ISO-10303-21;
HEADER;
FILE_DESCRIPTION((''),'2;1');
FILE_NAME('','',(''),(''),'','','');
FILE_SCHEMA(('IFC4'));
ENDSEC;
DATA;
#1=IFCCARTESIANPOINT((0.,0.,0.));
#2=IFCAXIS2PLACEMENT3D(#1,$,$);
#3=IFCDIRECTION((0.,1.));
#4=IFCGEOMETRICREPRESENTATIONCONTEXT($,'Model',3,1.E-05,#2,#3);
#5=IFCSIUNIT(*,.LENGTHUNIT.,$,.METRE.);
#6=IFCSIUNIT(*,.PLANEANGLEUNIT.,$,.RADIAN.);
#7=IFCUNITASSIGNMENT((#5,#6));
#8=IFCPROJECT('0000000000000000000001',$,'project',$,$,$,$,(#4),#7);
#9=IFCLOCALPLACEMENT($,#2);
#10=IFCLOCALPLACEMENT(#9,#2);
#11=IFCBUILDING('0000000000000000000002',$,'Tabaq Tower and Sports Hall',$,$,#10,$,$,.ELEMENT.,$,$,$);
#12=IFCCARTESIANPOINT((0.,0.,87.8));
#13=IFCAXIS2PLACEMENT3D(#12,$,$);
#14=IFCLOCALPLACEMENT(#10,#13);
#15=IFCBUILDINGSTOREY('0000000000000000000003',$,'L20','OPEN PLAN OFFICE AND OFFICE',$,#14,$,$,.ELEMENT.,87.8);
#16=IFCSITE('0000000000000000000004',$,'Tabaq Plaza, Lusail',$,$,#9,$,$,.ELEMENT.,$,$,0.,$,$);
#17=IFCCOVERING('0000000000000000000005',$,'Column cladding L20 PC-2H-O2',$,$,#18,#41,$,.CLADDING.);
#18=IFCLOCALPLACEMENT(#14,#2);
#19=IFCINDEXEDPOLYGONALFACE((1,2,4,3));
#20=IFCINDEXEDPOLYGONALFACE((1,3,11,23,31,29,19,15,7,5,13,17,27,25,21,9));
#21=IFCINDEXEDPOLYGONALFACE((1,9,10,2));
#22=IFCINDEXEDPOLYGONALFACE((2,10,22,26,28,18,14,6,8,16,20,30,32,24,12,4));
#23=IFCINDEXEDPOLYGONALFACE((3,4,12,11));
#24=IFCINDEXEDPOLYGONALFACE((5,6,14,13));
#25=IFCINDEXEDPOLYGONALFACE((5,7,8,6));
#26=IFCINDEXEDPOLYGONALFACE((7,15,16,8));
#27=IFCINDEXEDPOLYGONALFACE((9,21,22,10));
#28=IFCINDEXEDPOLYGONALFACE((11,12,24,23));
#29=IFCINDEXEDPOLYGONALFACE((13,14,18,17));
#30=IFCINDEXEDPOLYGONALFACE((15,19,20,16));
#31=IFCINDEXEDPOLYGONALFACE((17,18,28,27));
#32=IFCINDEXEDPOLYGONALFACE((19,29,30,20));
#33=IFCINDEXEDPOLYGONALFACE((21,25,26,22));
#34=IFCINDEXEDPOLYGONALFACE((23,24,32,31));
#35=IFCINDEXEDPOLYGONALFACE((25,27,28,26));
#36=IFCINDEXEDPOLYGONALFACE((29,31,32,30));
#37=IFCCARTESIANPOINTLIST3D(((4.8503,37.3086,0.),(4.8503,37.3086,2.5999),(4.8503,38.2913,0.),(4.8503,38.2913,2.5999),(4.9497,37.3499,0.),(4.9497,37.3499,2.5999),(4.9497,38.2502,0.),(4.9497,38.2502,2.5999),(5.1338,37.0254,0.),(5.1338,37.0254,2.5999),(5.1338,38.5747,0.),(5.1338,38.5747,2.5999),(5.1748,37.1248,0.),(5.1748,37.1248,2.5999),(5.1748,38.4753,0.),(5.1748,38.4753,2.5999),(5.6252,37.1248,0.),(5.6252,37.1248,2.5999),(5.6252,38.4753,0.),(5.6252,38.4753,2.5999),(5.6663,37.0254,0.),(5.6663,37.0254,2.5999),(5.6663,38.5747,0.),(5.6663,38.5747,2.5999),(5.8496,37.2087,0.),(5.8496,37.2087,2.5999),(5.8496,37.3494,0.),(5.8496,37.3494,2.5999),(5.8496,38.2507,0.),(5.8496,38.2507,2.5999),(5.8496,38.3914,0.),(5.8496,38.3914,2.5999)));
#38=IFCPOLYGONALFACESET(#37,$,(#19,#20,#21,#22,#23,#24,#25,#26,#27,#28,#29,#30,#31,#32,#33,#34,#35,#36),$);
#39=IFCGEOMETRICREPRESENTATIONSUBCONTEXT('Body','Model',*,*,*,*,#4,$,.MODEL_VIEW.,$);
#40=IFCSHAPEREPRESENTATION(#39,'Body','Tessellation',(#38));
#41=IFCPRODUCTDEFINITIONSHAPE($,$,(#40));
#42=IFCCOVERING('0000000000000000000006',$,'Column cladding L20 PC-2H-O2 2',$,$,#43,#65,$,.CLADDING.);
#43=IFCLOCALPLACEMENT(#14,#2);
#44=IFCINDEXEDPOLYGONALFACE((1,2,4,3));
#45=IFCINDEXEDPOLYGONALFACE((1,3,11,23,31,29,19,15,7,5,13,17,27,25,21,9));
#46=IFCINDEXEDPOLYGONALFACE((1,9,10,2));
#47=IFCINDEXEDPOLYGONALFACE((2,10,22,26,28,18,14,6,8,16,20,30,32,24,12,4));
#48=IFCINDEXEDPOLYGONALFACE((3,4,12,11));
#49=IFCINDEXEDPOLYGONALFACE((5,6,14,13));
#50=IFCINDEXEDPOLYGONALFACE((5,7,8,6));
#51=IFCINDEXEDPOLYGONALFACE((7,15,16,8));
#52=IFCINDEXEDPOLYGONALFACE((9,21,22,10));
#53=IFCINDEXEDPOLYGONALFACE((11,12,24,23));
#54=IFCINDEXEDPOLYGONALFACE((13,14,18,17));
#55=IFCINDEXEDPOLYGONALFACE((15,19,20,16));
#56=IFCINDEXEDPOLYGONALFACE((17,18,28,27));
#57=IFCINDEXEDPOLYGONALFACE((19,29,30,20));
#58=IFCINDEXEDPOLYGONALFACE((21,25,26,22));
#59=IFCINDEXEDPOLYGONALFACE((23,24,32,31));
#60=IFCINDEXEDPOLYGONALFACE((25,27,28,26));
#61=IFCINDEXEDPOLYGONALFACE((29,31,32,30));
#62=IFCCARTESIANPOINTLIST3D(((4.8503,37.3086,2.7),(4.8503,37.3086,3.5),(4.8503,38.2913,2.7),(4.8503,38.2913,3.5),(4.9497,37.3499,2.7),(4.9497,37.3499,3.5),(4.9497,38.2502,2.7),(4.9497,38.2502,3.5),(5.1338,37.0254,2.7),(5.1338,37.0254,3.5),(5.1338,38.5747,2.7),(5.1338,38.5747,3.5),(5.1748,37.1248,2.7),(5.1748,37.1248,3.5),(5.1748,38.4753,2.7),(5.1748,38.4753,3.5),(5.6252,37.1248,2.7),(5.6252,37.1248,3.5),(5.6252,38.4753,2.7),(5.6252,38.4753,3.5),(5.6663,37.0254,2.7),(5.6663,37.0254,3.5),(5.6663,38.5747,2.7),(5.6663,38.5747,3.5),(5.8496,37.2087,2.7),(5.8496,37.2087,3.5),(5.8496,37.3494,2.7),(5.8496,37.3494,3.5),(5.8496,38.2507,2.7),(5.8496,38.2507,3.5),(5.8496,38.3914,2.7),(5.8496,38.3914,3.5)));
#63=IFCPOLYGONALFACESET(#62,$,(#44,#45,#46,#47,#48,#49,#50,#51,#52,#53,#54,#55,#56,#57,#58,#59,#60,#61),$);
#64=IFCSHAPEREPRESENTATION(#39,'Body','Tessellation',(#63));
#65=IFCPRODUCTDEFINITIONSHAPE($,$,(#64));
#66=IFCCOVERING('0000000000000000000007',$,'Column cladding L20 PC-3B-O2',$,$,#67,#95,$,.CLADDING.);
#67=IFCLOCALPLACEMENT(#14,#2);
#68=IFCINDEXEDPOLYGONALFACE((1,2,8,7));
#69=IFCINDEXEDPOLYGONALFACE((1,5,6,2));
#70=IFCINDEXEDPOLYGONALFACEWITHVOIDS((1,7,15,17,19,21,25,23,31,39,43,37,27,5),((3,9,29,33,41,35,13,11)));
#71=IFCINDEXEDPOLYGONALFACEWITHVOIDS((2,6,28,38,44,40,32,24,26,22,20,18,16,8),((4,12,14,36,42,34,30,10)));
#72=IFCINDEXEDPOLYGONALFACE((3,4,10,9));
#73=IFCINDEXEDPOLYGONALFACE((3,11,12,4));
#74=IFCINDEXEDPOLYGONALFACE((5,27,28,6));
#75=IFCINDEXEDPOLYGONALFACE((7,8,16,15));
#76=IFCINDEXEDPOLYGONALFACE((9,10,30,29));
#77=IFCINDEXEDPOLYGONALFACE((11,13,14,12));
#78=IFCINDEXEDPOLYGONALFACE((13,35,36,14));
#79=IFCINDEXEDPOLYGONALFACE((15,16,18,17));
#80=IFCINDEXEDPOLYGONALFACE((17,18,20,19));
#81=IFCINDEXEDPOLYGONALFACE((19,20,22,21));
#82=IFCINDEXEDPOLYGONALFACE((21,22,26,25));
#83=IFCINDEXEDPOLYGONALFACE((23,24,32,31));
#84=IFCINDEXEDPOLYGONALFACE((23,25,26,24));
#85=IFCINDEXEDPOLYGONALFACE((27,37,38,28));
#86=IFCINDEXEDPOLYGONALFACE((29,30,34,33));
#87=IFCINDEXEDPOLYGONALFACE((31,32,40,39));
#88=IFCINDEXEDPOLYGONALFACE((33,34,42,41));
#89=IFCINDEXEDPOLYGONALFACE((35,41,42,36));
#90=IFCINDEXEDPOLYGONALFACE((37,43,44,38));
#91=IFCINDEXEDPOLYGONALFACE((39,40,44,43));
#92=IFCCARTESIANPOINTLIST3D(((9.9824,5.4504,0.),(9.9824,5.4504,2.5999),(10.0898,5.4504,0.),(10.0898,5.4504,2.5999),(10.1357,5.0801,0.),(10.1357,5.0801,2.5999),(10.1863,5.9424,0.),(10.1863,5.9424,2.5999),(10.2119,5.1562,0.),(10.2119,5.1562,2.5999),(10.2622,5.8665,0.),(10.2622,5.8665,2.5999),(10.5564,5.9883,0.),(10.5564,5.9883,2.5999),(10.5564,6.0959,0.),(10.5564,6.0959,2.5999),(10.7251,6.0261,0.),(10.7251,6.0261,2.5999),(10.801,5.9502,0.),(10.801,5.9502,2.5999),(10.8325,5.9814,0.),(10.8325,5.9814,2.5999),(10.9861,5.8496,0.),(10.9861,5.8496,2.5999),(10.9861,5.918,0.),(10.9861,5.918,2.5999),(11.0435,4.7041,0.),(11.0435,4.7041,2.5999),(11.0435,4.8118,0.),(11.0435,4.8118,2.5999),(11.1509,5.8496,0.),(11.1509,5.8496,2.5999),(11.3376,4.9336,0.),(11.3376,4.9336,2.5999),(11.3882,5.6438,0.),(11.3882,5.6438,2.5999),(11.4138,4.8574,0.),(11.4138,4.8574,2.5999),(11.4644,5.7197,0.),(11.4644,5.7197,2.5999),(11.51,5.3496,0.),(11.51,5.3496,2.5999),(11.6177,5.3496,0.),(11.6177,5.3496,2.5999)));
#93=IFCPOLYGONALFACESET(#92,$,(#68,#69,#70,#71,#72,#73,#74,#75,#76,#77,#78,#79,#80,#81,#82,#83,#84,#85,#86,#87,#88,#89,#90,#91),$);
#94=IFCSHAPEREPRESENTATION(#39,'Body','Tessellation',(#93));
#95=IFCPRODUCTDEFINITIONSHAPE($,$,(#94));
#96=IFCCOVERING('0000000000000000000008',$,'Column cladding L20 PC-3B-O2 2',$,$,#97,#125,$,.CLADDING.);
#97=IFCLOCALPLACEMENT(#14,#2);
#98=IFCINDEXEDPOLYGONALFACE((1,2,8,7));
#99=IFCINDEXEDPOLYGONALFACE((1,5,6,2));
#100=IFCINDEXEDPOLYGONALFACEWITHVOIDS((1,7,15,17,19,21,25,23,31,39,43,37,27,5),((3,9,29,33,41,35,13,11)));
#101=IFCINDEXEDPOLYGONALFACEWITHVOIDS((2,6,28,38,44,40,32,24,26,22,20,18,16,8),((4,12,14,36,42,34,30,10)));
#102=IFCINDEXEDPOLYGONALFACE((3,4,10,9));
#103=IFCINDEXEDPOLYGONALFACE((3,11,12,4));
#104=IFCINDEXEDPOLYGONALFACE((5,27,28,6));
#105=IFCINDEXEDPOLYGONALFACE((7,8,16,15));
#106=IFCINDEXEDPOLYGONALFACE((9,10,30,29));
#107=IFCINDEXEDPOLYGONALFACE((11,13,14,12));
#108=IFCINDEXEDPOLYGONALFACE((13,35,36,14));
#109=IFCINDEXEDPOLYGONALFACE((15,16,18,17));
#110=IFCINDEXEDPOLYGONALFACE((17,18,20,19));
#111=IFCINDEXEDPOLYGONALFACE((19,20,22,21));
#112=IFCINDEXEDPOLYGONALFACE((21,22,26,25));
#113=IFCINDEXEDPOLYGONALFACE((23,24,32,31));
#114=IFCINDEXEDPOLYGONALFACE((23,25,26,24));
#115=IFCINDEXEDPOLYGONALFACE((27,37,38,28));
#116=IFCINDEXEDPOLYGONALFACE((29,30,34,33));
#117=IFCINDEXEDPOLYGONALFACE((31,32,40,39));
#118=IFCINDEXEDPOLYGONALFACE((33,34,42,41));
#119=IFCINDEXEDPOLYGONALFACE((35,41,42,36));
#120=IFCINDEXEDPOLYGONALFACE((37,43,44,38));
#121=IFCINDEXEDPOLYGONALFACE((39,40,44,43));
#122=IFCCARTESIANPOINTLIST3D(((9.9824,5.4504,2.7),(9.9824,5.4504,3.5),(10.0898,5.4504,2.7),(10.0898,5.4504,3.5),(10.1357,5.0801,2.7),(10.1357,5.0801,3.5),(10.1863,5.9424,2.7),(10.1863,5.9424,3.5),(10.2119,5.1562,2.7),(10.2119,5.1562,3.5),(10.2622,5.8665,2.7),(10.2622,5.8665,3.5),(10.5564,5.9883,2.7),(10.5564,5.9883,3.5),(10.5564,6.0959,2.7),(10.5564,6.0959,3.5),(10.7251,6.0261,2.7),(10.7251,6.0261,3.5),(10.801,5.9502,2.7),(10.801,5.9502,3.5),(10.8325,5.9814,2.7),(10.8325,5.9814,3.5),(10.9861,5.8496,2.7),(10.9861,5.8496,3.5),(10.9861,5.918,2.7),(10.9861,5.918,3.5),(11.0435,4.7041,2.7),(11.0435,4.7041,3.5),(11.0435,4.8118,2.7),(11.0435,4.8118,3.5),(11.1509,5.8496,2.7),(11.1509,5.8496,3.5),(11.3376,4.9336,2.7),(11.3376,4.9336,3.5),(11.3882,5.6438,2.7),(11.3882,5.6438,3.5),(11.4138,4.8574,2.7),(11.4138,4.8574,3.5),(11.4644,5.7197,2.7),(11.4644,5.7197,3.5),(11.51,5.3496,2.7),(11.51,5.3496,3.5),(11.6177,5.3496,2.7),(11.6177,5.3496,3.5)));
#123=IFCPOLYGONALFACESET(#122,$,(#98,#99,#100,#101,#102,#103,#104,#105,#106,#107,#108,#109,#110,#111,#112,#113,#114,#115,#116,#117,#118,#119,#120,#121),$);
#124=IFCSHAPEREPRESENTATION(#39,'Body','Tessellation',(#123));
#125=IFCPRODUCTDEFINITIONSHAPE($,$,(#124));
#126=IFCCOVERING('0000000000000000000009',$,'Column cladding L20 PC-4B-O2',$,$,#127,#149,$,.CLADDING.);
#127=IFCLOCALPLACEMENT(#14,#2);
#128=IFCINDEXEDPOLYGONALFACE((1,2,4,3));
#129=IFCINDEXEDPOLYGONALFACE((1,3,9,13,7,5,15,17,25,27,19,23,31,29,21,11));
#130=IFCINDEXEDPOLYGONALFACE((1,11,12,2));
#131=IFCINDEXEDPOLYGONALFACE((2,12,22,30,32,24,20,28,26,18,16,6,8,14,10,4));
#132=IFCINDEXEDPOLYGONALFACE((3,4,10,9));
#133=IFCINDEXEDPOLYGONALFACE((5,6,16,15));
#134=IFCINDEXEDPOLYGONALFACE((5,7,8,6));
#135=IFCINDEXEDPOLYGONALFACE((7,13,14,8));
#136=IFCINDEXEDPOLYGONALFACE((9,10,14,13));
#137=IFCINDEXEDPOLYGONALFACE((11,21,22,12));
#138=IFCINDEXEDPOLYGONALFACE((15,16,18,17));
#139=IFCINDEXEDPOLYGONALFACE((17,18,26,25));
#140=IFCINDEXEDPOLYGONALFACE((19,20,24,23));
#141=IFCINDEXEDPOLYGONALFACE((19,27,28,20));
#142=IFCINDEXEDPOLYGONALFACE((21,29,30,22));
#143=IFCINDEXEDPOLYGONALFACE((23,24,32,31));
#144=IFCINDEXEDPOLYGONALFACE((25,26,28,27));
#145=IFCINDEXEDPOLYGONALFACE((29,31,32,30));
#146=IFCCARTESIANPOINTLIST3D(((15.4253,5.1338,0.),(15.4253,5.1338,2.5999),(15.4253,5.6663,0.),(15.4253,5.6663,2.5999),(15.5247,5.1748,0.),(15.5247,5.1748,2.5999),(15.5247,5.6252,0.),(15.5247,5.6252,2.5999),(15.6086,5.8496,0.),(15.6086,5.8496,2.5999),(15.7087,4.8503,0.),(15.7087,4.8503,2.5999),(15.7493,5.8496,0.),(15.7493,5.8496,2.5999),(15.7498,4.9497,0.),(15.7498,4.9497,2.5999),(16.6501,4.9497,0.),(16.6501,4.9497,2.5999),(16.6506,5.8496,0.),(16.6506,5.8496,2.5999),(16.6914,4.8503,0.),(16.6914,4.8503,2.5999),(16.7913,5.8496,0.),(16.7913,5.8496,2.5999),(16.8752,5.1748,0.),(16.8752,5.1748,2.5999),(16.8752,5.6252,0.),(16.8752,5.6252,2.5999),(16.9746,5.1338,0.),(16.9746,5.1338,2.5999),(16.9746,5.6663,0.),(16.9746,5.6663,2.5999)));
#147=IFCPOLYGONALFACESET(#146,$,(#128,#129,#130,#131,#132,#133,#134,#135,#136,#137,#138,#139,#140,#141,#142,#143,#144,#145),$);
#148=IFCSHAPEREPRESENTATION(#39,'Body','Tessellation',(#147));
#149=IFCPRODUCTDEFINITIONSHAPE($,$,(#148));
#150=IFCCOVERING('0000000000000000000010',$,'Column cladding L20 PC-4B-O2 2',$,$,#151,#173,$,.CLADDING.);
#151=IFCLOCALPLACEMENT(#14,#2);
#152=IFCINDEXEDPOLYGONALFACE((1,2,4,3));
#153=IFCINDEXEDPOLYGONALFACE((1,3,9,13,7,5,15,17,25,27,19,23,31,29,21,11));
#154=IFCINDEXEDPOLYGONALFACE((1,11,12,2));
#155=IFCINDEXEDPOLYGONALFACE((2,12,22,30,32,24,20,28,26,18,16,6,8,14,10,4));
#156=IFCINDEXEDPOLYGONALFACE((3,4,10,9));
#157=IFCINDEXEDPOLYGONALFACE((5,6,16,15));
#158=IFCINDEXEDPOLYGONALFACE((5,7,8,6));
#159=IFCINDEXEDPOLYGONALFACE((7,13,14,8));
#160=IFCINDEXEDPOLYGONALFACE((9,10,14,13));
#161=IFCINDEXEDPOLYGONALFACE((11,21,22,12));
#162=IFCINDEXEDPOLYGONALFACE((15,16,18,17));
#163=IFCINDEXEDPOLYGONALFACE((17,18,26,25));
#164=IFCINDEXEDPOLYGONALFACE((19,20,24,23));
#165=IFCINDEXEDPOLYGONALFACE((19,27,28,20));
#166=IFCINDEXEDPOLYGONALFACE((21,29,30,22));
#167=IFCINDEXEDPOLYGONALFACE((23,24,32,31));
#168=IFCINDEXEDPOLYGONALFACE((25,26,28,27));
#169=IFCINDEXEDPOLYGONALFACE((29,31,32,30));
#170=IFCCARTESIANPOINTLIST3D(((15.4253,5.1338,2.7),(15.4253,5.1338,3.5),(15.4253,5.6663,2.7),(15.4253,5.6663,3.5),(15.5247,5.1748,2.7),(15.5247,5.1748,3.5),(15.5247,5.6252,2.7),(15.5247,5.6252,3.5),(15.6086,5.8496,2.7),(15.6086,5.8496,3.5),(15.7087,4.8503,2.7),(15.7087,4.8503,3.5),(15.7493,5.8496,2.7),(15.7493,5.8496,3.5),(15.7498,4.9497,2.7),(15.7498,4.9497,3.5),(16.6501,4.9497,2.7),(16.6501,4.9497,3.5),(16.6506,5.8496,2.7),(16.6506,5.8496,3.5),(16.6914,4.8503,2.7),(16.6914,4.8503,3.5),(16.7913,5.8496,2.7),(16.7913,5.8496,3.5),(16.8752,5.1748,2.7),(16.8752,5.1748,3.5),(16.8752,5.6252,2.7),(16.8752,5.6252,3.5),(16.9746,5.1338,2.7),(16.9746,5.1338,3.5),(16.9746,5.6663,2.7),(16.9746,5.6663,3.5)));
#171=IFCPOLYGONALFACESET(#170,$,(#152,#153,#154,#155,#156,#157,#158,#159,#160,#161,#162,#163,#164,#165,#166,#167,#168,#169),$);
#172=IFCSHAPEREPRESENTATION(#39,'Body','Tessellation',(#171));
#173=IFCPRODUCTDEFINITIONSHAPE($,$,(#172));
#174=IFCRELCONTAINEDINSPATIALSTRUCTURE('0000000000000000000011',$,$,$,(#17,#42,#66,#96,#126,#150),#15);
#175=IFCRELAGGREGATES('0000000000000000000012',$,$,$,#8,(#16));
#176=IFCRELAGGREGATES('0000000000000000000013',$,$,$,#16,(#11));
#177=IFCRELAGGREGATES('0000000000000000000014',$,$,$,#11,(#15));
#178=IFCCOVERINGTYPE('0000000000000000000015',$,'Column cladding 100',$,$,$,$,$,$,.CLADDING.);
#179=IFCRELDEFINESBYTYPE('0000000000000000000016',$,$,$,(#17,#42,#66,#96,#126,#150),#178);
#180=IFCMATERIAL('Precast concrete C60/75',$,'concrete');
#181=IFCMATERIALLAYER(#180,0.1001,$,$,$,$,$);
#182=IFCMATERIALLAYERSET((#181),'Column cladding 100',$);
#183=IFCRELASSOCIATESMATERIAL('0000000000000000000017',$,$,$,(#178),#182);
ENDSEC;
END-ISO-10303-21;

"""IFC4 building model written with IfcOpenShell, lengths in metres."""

from ifc_helpers import new_model, si_unit, direction, frame, origin, place, context, subcontext, project, spatial, polyline, outline, extrude, material, layer, layer_set, type_object, element, save


model = new_model("IFC4")

# Units and contexts
model_context = context("Model", 3, precision=1e-05, world=origin(), true_north=direction((0.0, 1.0)))
body_context = subcontext(model_context, "Body", "Model", "MODEL_VIEW")
ifc_project = project(units=[si_unit("LENGTHUNIT", "METRE"), si_unit("PLANEANGLEUNIT", "RADIAN")], contexts=[model_context])

# Site, building, storey
site_placement = place(None, origin())
site = spatial("IfcSite", under=ifc_project, at=site_placement, Name="Tabaq Plaza, Lusail", CompositionType="ELEMENT", RefElevation=0.0)
building_placement = place(site_placement, origin())
building = spatial("IfcBuilding", under=site, at=building_placement, Name="Tabaq Tower and Sports Hall", CompositionType="ELEMENT")
storey_placement = place(building_placement, frame((0.0, 0.0, 87.8)))
storey = spatial("IfcBuildingStorey", under=building, at=storey_placement, Name="L20", Description="OPEN PLAN OFFICE AND OFFICE", CompositionType="ELEMENT", Elevation=87.8)

# Coverings
ifc_material_1 = material(Name="Precast concrete C60/75", Category="concrete")
ifc_layer_1 = layer(ifc_material_1, 0.1001)
ifc_layer_set_1 = layer_set([ifc_layer_1], Name="Column cladding 100")
covering_type = type_object("IfcCoveringType", Name="Column cladding 100", PredefinedType="CLADDING", material=ifc_layer_set_1)
covering_1_placement = place(storey_placement, origin())
element("IfcCovering", 1, at=covering_1_placement, inside=storey, type_object=covering_type, Name="Column cladding L20 PC-2H-O2", PredefinedType="CLADDING", context=body_context, shape_type="SweptSolid", body=[
    extrude(outline(polyline([(5.1338, 37.0254), (4.8503, 37.3086), (4.8503, 38.2913), (5.1338, 38.5747), (5.6663, 38.5747), (5.8496, 38.3914), (5.8496, 38.2507), (5.6252, 38.4753), (5.1748, 38.4753), (4.9497, 38.2502), (4.9497, 37.3499), (5.1748, 37.1248), (5.6252, 37.1248), (5.8496, 37.3494), (5.8496, 37.2087), (5.6663, 37.0254), (5.1338, 37.0254)])), origin(), (0.0, 0.0, 1.0), 2.5999),
])
covering_2_placement = place(storey_placement, frame((0.0, 0.0, 2.7)))
element("IfcCovering", 2, at=covering_2_placement, inside=storey, type_object=covering_type, Name="Column cladding L20 PC-2H-O2 2", PredefinedType="CLADDING", context=body_context, shape_type="SweptSolid", body=[
    extrude(outline(polyline([(5.1338, 37.0254), (4.8503, 37.3086), (4.8503, 38.2913), (5.1338, 38.5747), (5.6663, 38.5747), (5.8496, 38.3914), (5.8496, 38.2507), (5.6252, 38.4753), (5.1748, 38.4753), (4.9497, 38.2502), (4.9497, 37.3499), (5.1748, 37.1248), (5.6252, 37.1248), (5.8496, 37.3494), (5.8496, 37.2087), (5.6663, 37.0254), (5.1338, 37.0254)])), origin(), (0.0, 0.0, 1.0), 0.8),
])
covering_3_placement = place(storey_placement, origin())
element("IfcCovering", 3, at=covering_3_placement, inside=storey, type_object=covering_type, Name="Column cladding L20 PC-3B-O2", PredefinedType="CLADDING", context=body_context, shape_type="SweptSolid", body=[
    extrude(outline(polyline([(11.4138, 4.8574), (11.0435, 4.7041), (10.1357, 5.0801), (9.9824, 5.4504), (10.1863, 5.9424), (10.5564, 6.0959), (10.7251, 6.0261), (10.801, 5.9502), (10.8325, 5.9814), (10.9861, 5.918), (10.9861, 5.8496), (11.1509, 5.8496), (11.4644, 5.7197), (11.6177, 5.3496), (11.4138, 4.8574)]), holes=[polyline([(10.2622, 5.8665), (10.0898, 5.4504), (10.2119, 5.1562), (11.0435, 4.8118), (11.3376, 4.9336), (11.51, 5.3496), (11.3882, 5.6438), (10.5564, 5.9883), (10.2622, 5.8665)])]), origin(), (0.0, 0.0, 1.0), 2.5999),
])
covering_4_placement = place(storey_placement, frame((0.0, 0.0, 2.7)))
element("IfcCovering", 4, at=covering_4_placement, inside=storey, type_object=covering_type, Name="Column cladding L20 PC-3B-O2 2", PredefinedType="CLADDING", context=body_context, shape_type="SweptSolid", body=[
    extrude(outline(polyline([(11.4138, 4.8574), (11.0435, 4.7041), (10.1357, 5.0801), (9.9824, 5.4504), (10.1863, 5.9424), (10.5564, 6.0959), (10.7251, 6.0261), (10.801, 5.9502), (10.8325, 5.9814), (10.9861, 5.918), (10.9861, 5.8496), (11.1509, 5.8496), (11.4644, 5.7197), (11.6177, 5.3496), (11.4138, 4.8574)]), holes=[polyline([(10.2622, 5.8665), (10.0898, 5.4504), (10.2119, 5.1562), (11.0435, 4.8118), (11.3376, 4.9336), (11.51, 5.3496), (11.3882, 5.6438), (10.5564, 5.9883), (10.2622, 5.8665)])]), origin(), (0.0, 0.0, 1.0), 0.8),
])
covering_5_placement = place(storey_placement, origin())
element("IfcCovering", 5, at=covering_5_placement, inside=storey, type_object=covering_type, Name="Column cladding L20 PC-4B-O2", PredefinedType="CLADDING", context=body_context, shape_type="SweptSolid", body=[
    extrude(outline(polyline([(15.4253, 5.6663), (15.6086, 5.8496), (15.7493, 5.8496), (15.5247, 5.6252), (15.5247, 5.1748), (15.7498, 4.9497), (16.6501, 4.9497), (16.8752, 5.1748), (16.8752, 5.6252), (16.6506, 5.8496), (16.7913, 5.8496), (16.9746, 5.6663), (16.9746, 5.1338), (16.6914, 4.8503), (15.7087, 4.8503), (15.4253, 5.1338), (15.4253, 5.6663)])), origin(), (0.0, 0.0, 1.0), 2.5999),
])
covering_6_placement = place(storey_placement, frame((0.0, 0.0, 2.7)))
element("IfcCovering", 6, at=covering_6_placement, inside=storey, type_object=covering_type, Name="Column cladding L20 PC-4B-O2 2", PredefinedType="CLADDING", context=body_context, shape_type="SweptSolid", body=[
    extrude(outline(polyline([(15.4253, 5.6663), (15.6086, 5.8496), (15.7493, 5.8496), (15.5247, 5.6252), (15.5247, 5.1748), (15.7498, 4.9497), (16.6501, 4.9497), (16.8752, 5.1748), (16.8752, 5.6252), (16.6506, 5.8496), (16.7913, 5.8496), (16.9746, 5.6663), (16.9746, 5.1338), (16.6914, 4.8503), (15.7087, 4.8503), (15.4253, 5.1338), (15.4253, 5.6663)])), origin(), (0.0, 0.0, 1.0), 0.8),
])

save(model, "model.ifc")
